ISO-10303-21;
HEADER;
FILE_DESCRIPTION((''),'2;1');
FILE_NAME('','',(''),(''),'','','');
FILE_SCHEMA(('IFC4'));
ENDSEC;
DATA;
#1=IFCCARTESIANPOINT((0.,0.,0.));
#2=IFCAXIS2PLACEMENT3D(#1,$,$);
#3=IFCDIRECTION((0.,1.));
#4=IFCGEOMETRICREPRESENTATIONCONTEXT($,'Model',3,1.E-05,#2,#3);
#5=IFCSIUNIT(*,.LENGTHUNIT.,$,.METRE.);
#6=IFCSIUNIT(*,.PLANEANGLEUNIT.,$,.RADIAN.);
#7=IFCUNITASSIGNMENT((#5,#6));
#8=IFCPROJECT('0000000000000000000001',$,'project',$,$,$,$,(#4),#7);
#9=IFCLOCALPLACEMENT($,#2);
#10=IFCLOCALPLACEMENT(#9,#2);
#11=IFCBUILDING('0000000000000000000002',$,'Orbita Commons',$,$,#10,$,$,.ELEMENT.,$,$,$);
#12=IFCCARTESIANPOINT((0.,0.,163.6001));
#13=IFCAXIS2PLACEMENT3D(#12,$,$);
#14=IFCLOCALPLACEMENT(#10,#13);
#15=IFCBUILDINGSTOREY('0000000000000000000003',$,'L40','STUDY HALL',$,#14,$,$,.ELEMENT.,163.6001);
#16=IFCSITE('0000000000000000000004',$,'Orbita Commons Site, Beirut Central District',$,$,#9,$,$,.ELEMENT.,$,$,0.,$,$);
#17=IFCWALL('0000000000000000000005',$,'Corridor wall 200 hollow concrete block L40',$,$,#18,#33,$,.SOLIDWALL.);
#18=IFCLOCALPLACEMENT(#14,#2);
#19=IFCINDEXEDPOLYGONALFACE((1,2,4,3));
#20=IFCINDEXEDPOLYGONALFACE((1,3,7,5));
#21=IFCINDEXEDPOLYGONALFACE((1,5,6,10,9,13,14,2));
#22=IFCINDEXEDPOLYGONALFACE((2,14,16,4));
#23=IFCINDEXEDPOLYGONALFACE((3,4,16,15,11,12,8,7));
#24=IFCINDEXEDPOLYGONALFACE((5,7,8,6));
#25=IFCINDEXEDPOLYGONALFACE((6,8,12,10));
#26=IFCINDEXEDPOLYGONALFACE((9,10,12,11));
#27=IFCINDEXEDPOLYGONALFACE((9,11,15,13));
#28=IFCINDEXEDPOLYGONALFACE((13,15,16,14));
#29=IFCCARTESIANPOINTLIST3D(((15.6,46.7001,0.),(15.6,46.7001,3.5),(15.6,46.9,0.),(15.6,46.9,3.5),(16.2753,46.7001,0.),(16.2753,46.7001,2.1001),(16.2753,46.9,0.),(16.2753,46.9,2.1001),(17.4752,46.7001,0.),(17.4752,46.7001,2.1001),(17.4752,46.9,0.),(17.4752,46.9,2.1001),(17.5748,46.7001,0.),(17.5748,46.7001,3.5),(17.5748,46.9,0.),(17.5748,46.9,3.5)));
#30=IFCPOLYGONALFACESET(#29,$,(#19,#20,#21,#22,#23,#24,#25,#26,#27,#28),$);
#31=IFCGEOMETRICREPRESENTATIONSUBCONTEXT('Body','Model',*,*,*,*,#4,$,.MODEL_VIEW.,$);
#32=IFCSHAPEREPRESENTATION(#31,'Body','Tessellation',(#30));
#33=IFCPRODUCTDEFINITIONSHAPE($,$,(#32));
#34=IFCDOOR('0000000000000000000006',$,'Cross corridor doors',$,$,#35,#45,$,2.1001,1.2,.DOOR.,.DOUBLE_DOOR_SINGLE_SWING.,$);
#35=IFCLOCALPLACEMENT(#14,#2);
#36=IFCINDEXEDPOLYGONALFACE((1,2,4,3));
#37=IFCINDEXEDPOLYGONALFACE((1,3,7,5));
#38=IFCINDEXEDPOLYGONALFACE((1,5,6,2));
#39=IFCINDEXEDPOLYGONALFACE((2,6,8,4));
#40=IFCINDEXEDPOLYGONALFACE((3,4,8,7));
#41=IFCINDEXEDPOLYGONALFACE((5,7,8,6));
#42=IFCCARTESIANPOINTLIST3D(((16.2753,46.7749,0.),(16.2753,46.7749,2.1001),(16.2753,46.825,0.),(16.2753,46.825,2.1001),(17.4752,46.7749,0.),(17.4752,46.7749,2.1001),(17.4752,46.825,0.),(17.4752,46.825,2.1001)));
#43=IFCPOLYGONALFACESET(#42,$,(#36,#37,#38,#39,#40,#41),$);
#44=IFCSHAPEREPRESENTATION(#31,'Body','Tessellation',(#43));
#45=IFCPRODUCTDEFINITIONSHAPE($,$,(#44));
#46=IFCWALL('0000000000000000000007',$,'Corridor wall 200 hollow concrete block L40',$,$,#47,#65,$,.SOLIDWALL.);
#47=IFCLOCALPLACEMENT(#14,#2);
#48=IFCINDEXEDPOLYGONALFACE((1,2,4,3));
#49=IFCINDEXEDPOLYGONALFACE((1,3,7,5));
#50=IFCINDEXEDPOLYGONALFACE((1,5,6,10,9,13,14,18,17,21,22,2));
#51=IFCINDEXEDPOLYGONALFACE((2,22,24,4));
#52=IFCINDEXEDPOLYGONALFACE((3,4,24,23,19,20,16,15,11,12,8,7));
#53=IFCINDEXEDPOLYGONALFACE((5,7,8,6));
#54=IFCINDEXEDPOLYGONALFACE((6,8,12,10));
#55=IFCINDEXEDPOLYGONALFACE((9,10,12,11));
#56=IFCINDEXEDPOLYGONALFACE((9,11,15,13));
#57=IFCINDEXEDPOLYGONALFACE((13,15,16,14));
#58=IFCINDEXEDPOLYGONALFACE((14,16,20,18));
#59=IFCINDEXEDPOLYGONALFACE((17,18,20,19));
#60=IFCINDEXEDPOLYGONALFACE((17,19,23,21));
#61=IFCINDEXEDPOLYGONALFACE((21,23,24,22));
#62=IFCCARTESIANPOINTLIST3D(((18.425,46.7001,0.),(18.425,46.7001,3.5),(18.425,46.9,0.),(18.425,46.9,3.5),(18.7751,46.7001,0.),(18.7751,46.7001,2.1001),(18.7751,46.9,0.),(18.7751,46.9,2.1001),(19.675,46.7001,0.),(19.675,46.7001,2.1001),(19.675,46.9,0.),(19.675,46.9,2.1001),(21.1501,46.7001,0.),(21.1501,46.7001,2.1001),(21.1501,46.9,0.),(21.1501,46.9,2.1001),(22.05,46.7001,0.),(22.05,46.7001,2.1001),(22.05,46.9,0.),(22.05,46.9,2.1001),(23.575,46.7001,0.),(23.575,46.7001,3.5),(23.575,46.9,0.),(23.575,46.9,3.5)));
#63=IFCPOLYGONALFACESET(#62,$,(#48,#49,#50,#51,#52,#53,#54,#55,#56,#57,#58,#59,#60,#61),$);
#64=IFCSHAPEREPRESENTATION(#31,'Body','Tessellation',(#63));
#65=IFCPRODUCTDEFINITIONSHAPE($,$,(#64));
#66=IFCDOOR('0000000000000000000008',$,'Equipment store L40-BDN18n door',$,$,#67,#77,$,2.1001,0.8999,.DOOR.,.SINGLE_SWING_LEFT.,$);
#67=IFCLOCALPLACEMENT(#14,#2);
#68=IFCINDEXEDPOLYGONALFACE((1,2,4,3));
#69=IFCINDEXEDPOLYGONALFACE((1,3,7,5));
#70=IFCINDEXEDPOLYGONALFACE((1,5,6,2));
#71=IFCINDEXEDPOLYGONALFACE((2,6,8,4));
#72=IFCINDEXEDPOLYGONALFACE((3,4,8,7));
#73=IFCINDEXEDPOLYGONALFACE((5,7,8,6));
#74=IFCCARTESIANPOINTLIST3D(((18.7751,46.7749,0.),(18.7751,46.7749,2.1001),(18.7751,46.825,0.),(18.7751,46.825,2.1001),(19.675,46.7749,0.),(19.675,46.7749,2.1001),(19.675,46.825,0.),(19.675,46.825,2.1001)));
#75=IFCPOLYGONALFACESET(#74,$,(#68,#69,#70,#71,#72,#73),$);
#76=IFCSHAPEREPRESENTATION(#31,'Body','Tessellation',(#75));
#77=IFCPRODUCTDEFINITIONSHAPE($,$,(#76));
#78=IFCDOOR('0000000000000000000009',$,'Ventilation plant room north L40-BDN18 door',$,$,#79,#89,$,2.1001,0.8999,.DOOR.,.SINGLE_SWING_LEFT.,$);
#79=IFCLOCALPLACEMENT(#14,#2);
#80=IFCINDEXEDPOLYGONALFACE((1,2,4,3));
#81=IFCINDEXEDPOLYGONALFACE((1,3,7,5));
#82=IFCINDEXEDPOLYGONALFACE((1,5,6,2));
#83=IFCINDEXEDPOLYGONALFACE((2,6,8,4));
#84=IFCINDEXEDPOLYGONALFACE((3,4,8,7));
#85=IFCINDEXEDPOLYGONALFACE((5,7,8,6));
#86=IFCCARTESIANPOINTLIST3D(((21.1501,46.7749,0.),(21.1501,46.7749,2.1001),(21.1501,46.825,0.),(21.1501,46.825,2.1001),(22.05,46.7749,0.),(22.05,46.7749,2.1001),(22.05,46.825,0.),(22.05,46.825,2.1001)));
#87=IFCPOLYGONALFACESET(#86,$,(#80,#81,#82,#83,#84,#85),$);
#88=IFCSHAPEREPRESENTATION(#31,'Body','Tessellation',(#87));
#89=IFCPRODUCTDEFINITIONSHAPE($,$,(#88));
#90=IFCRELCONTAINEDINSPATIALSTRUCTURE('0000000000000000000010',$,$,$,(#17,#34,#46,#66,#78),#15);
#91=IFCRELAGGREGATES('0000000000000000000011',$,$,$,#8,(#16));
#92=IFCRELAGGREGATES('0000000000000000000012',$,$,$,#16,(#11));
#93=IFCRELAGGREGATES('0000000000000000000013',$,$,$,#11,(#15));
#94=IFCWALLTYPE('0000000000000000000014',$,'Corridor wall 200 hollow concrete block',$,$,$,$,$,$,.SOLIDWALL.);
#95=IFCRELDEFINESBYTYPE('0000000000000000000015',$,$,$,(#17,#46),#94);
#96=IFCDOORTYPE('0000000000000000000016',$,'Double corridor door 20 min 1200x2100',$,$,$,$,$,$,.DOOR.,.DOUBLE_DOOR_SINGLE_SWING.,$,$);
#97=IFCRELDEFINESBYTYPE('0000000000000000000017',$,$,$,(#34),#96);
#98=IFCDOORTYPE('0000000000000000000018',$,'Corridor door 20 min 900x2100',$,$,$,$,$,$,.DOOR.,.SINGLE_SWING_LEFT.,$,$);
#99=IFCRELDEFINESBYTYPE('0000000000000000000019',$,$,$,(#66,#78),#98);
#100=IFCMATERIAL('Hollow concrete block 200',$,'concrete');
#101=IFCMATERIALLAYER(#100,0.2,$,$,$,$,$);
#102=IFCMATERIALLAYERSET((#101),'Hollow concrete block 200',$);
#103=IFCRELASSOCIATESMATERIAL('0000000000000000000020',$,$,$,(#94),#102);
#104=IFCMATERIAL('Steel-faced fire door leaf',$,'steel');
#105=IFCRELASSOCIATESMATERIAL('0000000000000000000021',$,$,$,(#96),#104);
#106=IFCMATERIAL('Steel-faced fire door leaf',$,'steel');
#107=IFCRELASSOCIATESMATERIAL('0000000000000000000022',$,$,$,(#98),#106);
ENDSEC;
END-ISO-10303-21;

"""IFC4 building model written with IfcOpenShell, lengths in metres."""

from ifc_helpers import new_model, si_unit, direction, frame, frame_2d, origin, place, context, subcontext, project, spatial, rectangle, extrude, material, layer, layer_set, type_object, element, fill, save


model = new_model("IFC4")

# Units and contexts
model_context = context("Model", 3, precision=1e-05, world=origin(), true_north=direction((0.0, 1.0)))
body_context = subcontext(model_context, "Body", "Model", "MODEL_VIEW")
ifc_project = project(units=[si_unit("LENGTHUNIT", "METRE"), si_unit("PLANEANGLEUNIT", "RADIAN")], contexts=[model_context])

# Site, building, storey
site_placement = place(None, origin())
site = spatial("IfcSite", under=ifc_project, at=site_placement, Name="Orbita Commons Site, Beirut Central District", CompositionType="ELEMENT", RefElevation=0.0)
building_placement = place(site_placement, origin())
building = spatial("IfcBuilding", under=site, at=building_placement, Name="Orbita Commons", CompositionType="ELEMENT")
storey_placement = place(building_placement, frame((0.0, 0.0, 163.6001)))
storey = spatial("IfcBuildingStorey", under=building, at=storey_placement, Name="L40", Description="STUDY HALL", CompositionType="ELEMENT", Elevation=163.6001)

# Wall, opening, door
ifc_material_1 = material(Name="Hollow concrete block 200", Category="concrete")
ifc_layer_1 = layer(ifc_material_1, 0.2)
ifc_layer_set_1 = layer_set([ifc_layer_1], Name="Hollow concrete block 200")
wall_type_1 = type_object("IfcWallType", Name="Corridor wall 200 hollow concrete block", PredefinedType="SOLIDWALL", material=ifc_layer_set_1)
wall_1_placement = place(storey_placement, frame((15.6001, 46.8, 0.0), z_axis=(0.0, 0.0, 1.0), x_axis=(1.0, 0.0, 0.0)))
wall_1 = element("IfcWall", 1, at=wall_1_placement, inside=storey, type_object=wall_type_1, Name="Corridor wall 200 hollow concrete block L40", PredefinedType="SOLIDWALL", context=body_context, shape_type="SweptSolid", body=[
    extrude(rectangle(XDim=1.9749, YDim=0.2, at=frame_2d((0.9873, 0.0))), origin(), (0.0, 0.0, 1.0), 3.5),
])
opening_1_placement = place(wall_1_placement, frame((0.675, 0.0, 0.0)))
opening_1 = element("IfcOpeningElement", 2, at=opening_1_placement, cuts=wall_1, PredefinedType="OPENING", context=body_context, shape_type="SweptSolid", body=[
    extrude(rectangle(XDim=1.2, YDim=2.1001, at=frame_2d((0.6001, 1.05))), frame((0.0, 0.1099, 0.0), z_axis=(0.0, -1.0, 0.0), x_axis=(1.0, 0.0, 0.0)), (0.0, 0.0, 1.0), 0.22),
])
ifc_material_2 = material(Name="Steel-faced fire door leaf", Category="steel")
door_type_1 = type_object("IfcDoorType", Name="Double corridor door 20 min 1200x2100", OperationType="DOUBLE_DOOR_SINGLE_SWING", PredefinedType="DOOR", material=ifc_material_2)
door_1_placement = place(opening_1_placement, origin())
door_1 = element("IfcDoor", 3, at=door_1_placement, inside=storey, type_object=door_type_1, Name="Cross corridor doors", OperationType="DOUBLE_DOOR_SINGLE_SWING", OverallHeight=2.1001, OverallWidth=1.2, PredefinedType="DOOR", context=body_context, shape_type="SweptSolid", body=[
    extrude(rectangle(XDim=1.2, YDim=2.1001, at=frame_2d((0.6001, 1.05))), frame((0.0, 0.0249, 0.0), z_axis=(0.0, -1.0, 0.0), x_axis=(1.0, 0.0, 0.0)), (0.0, 0.0, 1.0), 0.05),
])
fill(opening_1, door_1)

# Wall, openings, doors
wall_2_placement = place(storey_placement, frame((18.425, 46.8, 0.0), z_axis=(0.0, 0.0, 1.0), x_axis=(1.0, 0.0, 0.0)))
wall_2 = element("IfcWall", 4, at=wall_2_placement, inside=storey, type_object=wall_type_1, Name="Corridor wall 200 hollow concrete block L40", PredefinedType="SOLIDWALL", context=body_context, shape_type="SweptSolid", body=[
    extrude(rectangle(XDim=5.1499, YDim=0.2, at=frame_2d((2.575, 0.0))), origin(), (0.0, 0.0, 1.0), 3.5),
])
opening_2_placement = place(wall_2_placement, frame((0.3501, 0.0, 0.0)))
opening_2 = element("IfcOpeningElement", 5, at=opening_2_placement, cuts=wall_2, PredefinedType="OPENING", context=body_context, shape_type="SweptSolid", body=[
    extrude(rectangle(XDim=0.8999, YDim=2.1001, at=frame_2d((0.45, 1.05))), frame((0.0, 0.1099, 0.0), z_axis=(0.0, -1.0, 0.0), x_axis=(1.0, 0.0, 0.0)), (0.0, 0.0, 1.0), 0.22),
])
opening_3_placement = place(wall_2_placement, frame((2.7251, 0.0, 0.0)))
opening_3 = element("IfcOpeningElement", 6, at=opening_3_placement, cuts=wall_2, PredefinedType="OPENING", context=body_context, shape_type="SweptSolid", body=[
    extrude(rectangle(XDim=0.8999, YDim=2.1001, at=frame_2d((0.45, 1.05))), frame((0.0, 0.1099, 0.0), z_axis=(0.0, -1.0, 0.0), x_axis=(1.0, 0.0, 0.0)), (0.0, 0.0, 1.0), 0.22),
])
ifc_material_3 = material(Name="Steel-faced fire door leaf", Category="steel")
door_type_2 = type_object("IfcDoorType", Name="Corridor door 20 min 900x2100", OperationType="SINGLE_SWING_LEFT", PredefinedType="DOOR", material=ifc_material_3)
door_2_placement = place(opening_2_placement, origin())
door_2 = element("IfcDoor", 7, at=door_2_placement, inside=storey, type_object=door_type_2, Name="Equipment store L40-BDN18n door", OperationType="SINGLE_SWING_LEFT", OverallHeight=2.1001, OverallWidth=0.8999, PredefinedType="DOOR", context=body_context, shape_type="SweptSolid", body=[
    extrude(rectangle(XDim=0.8999, YDim=2.1001, at=frame_2d((0.45, 1.05))), frame((0.0, 0.0249, 0.0), z_axis=(0.0, -1.0, 0.0), x_axis=(1.0, 0.0, 0.0)), (0.0, 0.0, 1.0), 0.05),
])
fill(opening_2, door_2)
door_3_placement = place(opening_3_placement, origin())
door_3 = element("IfcDoor", 8, at=door_3_placement, inside=storey, type_object=door_type_2, Name="Ventilation plant room north L40-BDN18 door", OperationType="SINGLE_SWING_LEFT", OverallHeight=2.1001, OverallWidth=0.8999, PredefinedType="DOOR", context=body_context, shape_type="SweptSolid", body=[
    extrude(rectangle(XDim=0.8999, YDim=2.1001, at=frame_2d((0.45, 1.05))), frame((0.0, 0.0249, 0.0), z_axis=(0.0, -1.0, 0.0), x_axis=(1.0, 0.0, 0.0)), (0.0, 0.0, 1.0), 0.05),
])
fill(opening_3, door_3)

save(model, "model.ifc")
